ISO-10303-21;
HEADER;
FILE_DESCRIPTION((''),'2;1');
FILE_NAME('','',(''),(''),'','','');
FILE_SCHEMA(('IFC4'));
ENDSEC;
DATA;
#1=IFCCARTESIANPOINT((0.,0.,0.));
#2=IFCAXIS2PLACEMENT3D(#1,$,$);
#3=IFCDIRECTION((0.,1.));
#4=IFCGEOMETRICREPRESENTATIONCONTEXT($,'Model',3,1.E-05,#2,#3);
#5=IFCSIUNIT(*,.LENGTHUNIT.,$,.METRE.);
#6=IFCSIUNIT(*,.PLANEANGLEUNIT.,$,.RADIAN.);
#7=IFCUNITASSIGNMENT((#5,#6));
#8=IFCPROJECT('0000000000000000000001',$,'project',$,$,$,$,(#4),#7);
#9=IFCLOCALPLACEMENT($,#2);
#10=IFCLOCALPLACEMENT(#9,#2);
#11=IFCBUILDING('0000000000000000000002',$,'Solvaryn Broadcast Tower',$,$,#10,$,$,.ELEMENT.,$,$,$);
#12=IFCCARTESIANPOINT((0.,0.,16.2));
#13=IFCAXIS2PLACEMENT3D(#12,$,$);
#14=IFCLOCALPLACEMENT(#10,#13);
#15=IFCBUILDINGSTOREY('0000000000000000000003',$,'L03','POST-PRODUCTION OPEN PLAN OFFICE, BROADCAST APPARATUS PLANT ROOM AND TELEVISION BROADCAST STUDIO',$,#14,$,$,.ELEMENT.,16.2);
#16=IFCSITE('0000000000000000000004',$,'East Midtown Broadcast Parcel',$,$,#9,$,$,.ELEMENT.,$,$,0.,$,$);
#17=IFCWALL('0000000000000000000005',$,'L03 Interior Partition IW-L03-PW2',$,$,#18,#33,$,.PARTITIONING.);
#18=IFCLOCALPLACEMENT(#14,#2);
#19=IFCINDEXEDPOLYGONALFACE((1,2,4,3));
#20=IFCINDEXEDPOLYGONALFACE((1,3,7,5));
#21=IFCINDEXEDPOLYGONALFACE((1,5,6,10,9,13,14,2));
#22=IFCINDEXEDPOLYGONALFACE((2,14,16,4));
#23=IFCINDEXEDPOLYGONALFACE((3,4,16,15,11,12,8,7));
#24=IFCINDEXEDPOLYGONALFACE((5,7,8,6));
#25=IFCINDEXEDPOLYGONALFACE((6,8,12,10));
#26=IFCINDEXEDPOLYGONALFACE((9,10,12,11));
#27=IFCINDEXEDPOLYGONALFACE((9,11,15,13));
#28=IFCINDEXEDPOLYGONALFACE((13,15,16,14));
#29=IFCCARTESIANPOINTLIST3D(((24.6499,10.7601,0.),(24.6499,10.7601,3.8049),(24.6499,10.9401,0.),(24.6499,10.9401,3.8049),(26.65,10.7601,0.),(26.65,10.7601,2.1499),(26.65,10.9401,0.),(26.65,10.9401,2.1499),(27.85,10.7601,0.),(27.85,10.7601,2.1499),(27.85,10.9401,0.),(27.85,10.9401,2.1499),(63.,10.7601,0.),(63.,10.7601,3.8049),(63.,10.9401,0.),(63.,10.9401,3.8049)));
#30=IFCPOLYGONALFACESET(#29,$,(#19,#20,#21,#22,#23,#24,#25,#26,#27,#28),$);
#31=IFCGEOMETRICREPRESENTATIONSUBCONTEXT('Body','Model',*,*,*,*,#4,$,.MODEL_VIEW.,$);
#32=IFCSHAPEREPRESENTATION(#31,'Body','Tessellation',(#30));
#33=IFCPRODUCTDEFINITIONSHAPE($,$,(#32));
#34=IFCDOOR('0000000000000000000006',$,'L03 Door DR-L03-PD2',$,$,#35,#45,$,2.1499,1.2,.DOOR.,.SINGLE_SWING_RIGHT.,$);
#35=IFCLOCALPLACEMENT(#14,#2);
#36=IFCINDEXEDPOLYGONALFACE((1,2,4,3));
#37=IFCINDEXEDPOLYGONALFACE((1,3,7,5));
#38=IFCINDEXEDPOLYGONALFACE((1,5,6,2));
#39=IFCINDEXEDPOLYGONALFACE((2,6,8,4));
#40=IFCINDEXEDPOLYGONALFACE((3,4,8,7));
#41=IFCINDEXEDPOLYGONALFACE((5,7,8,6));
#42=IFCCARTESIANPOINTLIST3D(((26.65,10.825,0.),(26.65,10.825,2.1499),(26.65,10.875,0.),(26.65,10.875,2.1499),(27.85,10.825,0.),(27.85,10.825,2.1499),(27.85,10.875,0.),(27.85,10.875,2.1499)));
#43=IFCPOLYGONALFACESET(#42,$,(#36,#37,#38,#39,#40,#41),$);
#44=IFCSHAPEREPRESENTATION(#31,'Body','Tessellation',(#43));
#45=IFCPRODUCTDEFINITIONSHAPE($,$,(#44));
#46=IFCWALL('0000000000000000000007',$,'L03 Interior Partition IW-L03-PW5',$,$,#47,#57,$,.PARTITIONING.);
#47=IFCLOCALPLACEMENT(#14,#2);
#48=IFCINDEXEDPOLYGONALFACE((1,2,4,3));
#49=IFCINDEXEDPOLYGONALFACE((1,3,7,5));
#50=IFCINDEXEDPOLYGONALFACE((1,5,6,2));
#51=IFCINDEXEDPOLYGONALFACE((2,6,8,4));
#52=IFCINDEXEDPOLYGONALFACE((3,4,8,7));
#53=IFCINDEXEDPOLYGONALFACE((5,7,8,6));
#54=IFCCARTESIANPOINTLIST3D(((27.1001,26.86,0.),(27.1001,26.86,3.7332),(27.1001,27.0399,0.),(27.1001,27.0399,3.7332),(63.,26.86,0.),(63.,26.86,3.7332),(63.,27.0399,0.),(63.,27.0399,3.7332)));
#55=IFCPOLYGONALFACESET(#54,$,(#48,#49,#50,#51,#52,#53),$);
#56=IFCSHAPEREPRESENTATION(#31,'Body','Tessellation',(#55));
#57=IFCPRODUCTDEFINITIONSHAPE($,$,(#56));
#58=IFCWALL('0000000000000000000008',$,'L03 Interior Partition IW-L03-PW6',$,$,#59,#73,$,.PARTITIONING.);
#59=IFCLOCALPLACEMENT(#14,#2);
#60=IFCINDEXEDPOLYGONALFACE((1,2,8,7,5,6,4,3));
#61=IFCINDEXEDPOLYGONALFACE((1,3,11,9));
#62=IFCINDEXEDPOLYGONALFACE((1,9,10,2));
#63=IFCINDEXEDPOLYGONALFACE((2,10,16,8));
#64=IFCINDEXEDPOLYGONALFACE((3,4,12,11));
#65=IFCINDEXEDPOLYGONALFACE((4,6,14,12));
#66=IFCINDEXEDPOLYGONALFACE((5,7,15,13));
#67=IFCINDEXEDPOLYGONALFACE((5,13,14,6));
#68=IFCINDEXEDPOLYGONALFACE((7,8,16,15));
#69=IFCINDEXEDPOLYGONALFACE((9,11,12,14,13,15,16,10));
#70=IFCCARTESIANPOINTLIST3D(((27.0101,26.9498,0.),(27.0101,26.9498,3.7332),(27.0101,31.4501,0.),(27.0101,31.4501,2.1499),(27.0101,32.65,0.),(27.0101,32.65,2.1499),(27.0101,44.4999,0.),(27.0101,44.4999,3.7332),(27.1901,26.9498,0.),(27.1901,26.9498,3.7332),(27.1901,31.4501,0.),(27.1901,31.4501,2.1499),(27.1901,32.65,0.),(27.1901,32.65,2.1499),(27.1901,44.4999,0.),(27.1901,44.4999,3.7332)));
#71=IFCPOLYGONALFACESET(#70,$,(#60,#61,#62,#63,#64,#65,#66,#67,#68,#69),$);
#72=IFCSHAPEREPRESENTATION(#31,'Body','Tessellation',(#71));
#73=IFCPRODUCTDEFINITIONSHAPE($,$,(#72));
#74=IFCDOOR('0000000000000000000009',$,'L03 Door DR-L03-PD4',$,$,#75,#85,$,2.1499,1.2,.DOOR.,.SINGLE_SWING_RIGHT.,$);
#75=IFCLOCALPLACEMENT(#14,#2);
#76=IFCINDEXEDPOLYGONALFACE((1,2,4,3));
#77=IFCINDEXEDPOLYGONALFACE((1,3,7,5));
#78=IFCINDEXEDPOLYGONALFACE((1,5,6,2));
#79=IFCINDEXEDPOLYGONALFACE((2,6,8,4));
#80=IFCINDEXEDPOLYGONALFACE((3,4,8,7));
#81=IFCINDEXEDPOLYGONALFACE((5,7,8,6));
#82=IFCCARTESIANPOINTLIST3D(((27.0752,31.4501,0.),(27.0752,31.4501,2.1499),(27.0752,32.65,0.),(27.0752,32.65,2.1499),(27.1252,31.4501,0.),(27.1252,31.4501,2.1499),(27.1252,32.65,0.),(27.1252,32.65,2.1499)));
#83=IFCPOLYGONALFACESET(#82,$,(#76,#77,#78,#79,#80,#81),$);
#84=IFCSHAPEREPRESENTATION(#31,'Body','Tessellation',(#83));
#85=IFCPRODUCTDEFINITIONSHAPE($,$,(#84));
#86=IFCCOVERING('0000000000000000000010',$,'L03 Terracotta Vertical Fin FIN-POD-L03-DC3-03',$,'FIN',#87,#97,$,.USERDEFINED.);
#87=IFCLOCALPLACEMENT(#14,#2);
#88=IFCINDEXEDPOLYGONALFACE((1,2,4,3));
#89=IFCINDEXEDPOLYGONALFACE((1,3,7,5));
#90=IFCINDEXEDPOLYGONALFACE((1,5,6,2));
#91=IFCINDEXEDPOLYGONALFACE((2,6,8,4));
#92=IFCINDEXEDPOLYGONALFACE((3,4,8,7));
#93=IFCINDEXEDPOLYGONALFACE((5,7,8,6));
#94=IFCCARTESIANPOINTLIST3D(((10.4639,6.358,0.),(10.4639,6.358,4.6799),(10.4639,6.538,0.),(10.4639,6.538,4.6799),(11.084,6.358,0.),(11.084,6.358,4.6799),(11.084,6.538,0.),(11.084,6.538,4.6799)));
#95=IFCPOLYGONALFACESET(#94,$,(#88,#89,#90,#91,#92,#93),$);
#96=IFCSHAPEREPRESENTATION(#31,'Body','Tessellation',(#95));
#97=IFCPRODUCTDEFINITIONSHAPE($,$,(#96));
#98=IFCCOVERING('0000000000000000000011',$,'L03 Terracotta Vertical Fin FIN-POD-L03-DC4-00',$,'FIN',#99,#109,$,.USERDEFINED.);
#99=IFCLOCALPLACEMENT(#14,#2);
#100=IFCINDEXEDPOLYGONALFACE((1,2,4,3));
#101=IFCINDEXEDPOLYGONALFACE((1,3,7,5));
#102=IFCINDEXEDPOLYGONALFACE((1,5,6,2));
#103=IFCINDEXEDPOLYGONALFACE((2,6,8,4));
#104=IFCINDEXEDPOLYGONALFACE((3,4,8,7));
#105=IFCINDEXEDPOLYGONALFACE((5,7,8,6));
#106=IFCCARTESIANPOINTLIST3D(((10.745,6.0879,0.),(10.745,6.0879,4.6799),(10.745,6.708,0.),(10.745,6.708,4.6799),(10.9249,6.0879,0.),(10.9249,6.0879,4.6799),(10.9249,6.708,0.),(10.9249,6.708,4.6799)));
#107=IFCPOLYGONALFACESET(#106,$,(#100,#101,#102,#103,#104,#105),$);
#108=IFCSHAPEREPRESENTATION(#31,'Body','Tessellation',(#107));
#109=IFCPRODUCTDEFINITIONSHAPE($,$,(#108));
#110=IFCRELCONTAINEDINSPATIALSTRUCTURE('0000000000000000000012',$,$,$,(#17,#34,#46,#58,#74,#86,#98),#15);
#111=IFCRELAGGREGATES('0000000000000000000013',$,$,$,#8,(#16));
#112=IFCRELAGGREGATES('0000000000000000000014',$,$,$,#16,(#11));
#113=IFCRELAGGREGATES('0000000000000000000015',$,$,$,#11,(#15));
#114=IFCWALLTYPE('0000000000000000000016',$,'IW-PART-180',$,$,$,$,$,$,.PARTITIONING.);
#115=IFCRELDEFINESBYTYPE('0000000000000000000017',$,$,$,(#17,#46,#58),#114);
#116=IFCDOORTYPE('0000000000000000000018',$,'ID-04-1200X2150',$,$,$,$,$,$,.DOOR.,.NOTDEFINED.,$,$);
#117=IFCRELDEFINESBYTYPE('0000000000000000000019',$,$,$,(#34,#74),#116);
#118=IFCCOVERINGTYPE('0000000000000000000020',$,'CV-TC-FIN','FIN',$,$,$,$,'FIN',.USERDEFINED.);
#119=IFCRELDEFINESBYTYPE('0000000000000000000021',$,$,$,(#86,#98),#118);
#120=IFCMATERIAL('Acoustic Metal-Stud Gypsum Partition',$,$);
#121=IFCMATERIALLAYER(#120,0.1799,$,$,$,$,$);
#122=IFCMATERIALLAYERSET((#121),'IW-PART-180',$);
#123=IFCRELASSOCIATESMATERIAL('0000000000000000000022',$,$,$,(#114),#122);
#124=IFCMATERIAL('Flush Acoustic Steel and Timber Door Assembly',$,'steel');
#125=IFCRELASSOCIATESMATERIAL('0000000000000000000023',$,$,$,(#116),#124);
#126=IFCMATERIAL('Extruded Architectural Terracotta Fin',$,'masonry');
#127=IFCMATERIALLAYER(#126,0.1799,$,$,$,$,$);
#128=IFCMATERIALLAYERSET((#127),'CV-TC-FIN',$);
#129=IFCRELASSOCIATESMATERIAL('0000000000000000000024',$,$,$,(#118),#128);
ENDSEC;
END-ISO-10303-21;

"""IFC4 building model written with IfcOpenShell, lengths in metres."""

from ifc_helpers import new_model, si_unit, direction, frame, frame_2d, origin, origin_2d, place, context, subcontext, project, spatial, rectangle, extrude, material, layer, layer_set, type_object, element, fill, save


model = new_model("IFC4")

# Units and contexts
model_context = context("Model", 3, precision=1e-05, world=origin(), true_north=direction((0.0, 1.0)))
body_context = subcontext(model_context, "Body", "Model", "MODEL_VIEW")
ifc_project = project(units=[si_unit("LENGTHUNIT", "METRE"), si_unit("PLANEANGLEUNIT", "RADIAN")], contexts=[model_context])

# Site, building, storey
site_placement = place(None, origin())
site = spatial("IfcSite", under=ifc_project, at=site_placement, Name="East Midtown Broadcast Parcel", CompositionType="ELEMENT", RefElevation=0.0)
building_placement = place(site_placement, origin())
building = spatial("IfcBuilding", under=site, at=building_placement, Name="Solvaryn Broadcast Tower", CompositionType="ELEMENT")
storey_placement = place(building_placement, frame((0.0, 0.0, 16.2)))
storey = spatial("IfcBuildingStorey", under=building, at=storey_placement, Name="L03", Description="POST-PRODUCTION OPEN PLAN OFFICE, BROADCAST APPARATUS PLANT ROOM AND TELEVISION BROADCAST STUDIO", CompositionType="ELEMENT", Elevation=16.2)

# Wall, opening, door
ifc_material_1 = material(Name="Acoustic Metal-Stud Gypsum Partition")
ifc_layer_1 = layer(ifc_material_1, 0.1799)
ifc_layer_set_1 = layer_set([ifc_layer_1], Name="IW-PART-180")
wall_type_1 = type_object("IfcWallType", Name="IW-PART-180", PredefinedType="PARTITIONING", material=ifc_layer_set_1)
wall_1_placement = place(storey_placement, frame((24.6499, 10.8501, 0.0), z_axis=(0.0, 0.0, 1.0), x_axis=(1.0, 0.0, 0.0)))
wall_1 = element("IfcWall", 1, at=wall_1_placement, inside=storey, type_object=wall_type_1, Name="L03 Interior Partition IW-L03-PW2", PredefinedType="PARTITIONING", context=body_context, shape_type="SweptSolid", body=[
    extrude(rectangle(XDim=38.3501, YDim=0.1799, at=frame_2d((19.175, 0.0))), origin(), (0.0, 0.0, 1.0), 3.8049),
])
opening_1_placement = place(wall_1_placement, frame((2.0, 0.0, 0.0)))
opening_1 = element("IfcOpeningElement", 2, at=opening_1_placement, cuts=wall_1, PredefinedType="OPENING", context=body_context, shape_type="SweptSolid", body=[
    extrude(rectangle(XDim=1.2, YDim=2.1499, at=frame_2d((0.6001, 1.075))), frame((0.0, 0.0999, 0.0), z_axis=(0.0, -1.0, 0.0), x_axis=(1.0, 0.0, 0.0)), (0.0, 0.0, 1.0), 0.2),
])
ifc_material_2 = material(Name="Flush Acoustic Steel and Timber Door Assembly", Category="steel")
door_type = type_object("IfcDoorType", Name="ID-04-1200X2150", OperationType="NOTDEFINED", PredefinedType="DOOR", material=ifc_material_2)
door_1_placement = place(opening_1_placement, origin())
door_1 = element("IfcDoor", 3, at=door_1_placement, inside=storey, type_object=door_type, Name="L03 Door DR-L03-PD2", OperationType="SINGLE_SWING_RIGHT", OverallHeight=2.1499, OverallWidth=1.2, PredefinedType="DOOR", context=body_context, shape_type="SweptSolid", body=[
    extrude(rectangle(XDim=1.2, YDim=2.1499, at=frame_2d((0.6001, 1.075))), frame((0.0, 0.0249, 0.0), z_axis=(0.0, -1.0, 0.0), x_axis=(1.0, 0.0, 0.0)), (0.0, 0.0, 1.0), 0.05),
])
fill(opening_1, door_1)

# Wall
wall_2_placement = place(storey_placement, frame((27.1001, 26.95, 0.0), z_axis=(0.0, 0.0, 1.0), x_axis=(1.0, 0.0, 0.0)))
element("IfcWall", 4, at=wall_2_placement, inside=storey, type_object=wall_type_1, Name="L03 Interior Partition IW-L03-PW5", PredefinedType="PARTITIONING", context=body_context, shape_type="SweptSolid", body=[
    extrude(rectangle(XDim=35.8999, YDim=0.1799, at=frame_2d((17.95, 0.0))), origin(), (0.0, 0.0, 1.0), 3.7332),
])

# Wall, opening, door
wall_3_placement = place(storey_placement, frame((27.1001, 26.95, 0.0), z_axis=(0.0, 0.0, 1.0), x_axis=(0.0, 1.0, 0.0)))
wall_3 = element("IfcWall", 5, at=wall_3_placement, inside=storey, type_object=wall_type_1, Name="L03 Interior Partition IW-L03-PW6", PredefinedType="PARTITIONING", context=body_context, shape_type="SweptSolid", body=[
    extrude(rectangle(XDim=17.55, YDim=0.1799, at=frame_2d((8.7749, 0.0))), origin(), (0.0, 0.0, 1.0), 3.7332),
])
opening_2_placement = place(wall_3_placement, frame((4.5, 0.0, 0.0)))
opening_2 = element("IfcOpeningElement", 6, at=opening_2_placement, cuts=wall_3, PredefinedType="OPENING", context=body_context, shape_type="SweptSolid", body=[
    extrude(rectangle(XDim=1.2, YDim=2.1499, at=frame_2d((0.6001, 1.075))), frame((0.0, 0.0999, 0.0), z_axis=(0.0, -1.0, 0.0), x_axis=(1.0, 0.0, 0.0)), (0.0, 0.0, 1.0), 0.2),
])
door_2_placement = place(opening_2_placement, origin())
door_2 = element("IfcDoor", 7, at=door_2_placement, inside=storey, type_object=door_type, Name="L03 Door DR-L03-PD4", OperationType="SINGLE_SWING_RIGHT", OverallHeight=2.1499, OverallWidth=1.2, PredefinedType="DOOR", context=body_context, shape_type="SweptSolid", body=[
    extrude(rectangle(XDim=1.2, YDim=2.1499, at=frame_2d((0.6001, 1.075))), frame((0.0, 0.0249, 0.0), z_axis=(0.0, -1.0, 0.0), x_axis=(1.0, 0.0, 0.0)), (0.0, 0.0, 1.0), 0.05),
])
fill(opening_2, door_2)

# Coverings
ifc_material_3 = material(Name="Extruded Architectural Terracotta Fin", Category="masonry")
ifc_layer_2 = layer(ifc_material_3, 0.1799)
ifc_layer_set_2 = layer_set([ifc_layer_2], Name="CV-TC-FIN")
covering_type = type_object("IfcCoveringType", Name="CV-TC-FIN", Description="FIN", ElementType="FIN", PredefinedType="USERDEFINED", material=ifc_layer_set_2)
covering_1_placement = place(storey_placement, frame((10.7739, 6.448, 0.0), z_axis=(0.0, 0.0, 1.0), x_axis=(1.0, 0.0, 0.0)))
element("IfcCovering", 8, at=covering_1_placement, inside=storey, type_object=covering_type, Name="L03 Terracotta Vertical Fin FIN-POD-L03-DC3-03", ObjectType="FIN", PredefinedType="USERDEFINED", context=body_context, shape_type="SweptSolid", body=[
    extrude(rectangle(XDim=0.6201, YDim=0.1799, at=origin_2d()), origin(), (0.0, 0.0, 1.0), 4.6799),
])
covering_2_placement = place(storey_placement, frame((10.835, 6.3979, 0.0), z_axis=(0.0, 0.0, 1.0), x_axis=(1.0, 0.0, 0.0)))
element("IfcCovering", 9, at=covering_2_placement, inside=storey, type_object=covering_type, Name="L03 Terracotta Vertical Fin FIN-POD-L03-DC4-00", ObjectType="FIN", PredefinedType="USERDEFINED", context=body_context, shape_type="SweptSolid", body=[
    extrude(rectangle(XDim=0.1799, YDim=0.6201, at=origin_2d()), origin(), (0.0, 0.0, 1.0), 4.6799),
])

save(model, "model.ifc")
